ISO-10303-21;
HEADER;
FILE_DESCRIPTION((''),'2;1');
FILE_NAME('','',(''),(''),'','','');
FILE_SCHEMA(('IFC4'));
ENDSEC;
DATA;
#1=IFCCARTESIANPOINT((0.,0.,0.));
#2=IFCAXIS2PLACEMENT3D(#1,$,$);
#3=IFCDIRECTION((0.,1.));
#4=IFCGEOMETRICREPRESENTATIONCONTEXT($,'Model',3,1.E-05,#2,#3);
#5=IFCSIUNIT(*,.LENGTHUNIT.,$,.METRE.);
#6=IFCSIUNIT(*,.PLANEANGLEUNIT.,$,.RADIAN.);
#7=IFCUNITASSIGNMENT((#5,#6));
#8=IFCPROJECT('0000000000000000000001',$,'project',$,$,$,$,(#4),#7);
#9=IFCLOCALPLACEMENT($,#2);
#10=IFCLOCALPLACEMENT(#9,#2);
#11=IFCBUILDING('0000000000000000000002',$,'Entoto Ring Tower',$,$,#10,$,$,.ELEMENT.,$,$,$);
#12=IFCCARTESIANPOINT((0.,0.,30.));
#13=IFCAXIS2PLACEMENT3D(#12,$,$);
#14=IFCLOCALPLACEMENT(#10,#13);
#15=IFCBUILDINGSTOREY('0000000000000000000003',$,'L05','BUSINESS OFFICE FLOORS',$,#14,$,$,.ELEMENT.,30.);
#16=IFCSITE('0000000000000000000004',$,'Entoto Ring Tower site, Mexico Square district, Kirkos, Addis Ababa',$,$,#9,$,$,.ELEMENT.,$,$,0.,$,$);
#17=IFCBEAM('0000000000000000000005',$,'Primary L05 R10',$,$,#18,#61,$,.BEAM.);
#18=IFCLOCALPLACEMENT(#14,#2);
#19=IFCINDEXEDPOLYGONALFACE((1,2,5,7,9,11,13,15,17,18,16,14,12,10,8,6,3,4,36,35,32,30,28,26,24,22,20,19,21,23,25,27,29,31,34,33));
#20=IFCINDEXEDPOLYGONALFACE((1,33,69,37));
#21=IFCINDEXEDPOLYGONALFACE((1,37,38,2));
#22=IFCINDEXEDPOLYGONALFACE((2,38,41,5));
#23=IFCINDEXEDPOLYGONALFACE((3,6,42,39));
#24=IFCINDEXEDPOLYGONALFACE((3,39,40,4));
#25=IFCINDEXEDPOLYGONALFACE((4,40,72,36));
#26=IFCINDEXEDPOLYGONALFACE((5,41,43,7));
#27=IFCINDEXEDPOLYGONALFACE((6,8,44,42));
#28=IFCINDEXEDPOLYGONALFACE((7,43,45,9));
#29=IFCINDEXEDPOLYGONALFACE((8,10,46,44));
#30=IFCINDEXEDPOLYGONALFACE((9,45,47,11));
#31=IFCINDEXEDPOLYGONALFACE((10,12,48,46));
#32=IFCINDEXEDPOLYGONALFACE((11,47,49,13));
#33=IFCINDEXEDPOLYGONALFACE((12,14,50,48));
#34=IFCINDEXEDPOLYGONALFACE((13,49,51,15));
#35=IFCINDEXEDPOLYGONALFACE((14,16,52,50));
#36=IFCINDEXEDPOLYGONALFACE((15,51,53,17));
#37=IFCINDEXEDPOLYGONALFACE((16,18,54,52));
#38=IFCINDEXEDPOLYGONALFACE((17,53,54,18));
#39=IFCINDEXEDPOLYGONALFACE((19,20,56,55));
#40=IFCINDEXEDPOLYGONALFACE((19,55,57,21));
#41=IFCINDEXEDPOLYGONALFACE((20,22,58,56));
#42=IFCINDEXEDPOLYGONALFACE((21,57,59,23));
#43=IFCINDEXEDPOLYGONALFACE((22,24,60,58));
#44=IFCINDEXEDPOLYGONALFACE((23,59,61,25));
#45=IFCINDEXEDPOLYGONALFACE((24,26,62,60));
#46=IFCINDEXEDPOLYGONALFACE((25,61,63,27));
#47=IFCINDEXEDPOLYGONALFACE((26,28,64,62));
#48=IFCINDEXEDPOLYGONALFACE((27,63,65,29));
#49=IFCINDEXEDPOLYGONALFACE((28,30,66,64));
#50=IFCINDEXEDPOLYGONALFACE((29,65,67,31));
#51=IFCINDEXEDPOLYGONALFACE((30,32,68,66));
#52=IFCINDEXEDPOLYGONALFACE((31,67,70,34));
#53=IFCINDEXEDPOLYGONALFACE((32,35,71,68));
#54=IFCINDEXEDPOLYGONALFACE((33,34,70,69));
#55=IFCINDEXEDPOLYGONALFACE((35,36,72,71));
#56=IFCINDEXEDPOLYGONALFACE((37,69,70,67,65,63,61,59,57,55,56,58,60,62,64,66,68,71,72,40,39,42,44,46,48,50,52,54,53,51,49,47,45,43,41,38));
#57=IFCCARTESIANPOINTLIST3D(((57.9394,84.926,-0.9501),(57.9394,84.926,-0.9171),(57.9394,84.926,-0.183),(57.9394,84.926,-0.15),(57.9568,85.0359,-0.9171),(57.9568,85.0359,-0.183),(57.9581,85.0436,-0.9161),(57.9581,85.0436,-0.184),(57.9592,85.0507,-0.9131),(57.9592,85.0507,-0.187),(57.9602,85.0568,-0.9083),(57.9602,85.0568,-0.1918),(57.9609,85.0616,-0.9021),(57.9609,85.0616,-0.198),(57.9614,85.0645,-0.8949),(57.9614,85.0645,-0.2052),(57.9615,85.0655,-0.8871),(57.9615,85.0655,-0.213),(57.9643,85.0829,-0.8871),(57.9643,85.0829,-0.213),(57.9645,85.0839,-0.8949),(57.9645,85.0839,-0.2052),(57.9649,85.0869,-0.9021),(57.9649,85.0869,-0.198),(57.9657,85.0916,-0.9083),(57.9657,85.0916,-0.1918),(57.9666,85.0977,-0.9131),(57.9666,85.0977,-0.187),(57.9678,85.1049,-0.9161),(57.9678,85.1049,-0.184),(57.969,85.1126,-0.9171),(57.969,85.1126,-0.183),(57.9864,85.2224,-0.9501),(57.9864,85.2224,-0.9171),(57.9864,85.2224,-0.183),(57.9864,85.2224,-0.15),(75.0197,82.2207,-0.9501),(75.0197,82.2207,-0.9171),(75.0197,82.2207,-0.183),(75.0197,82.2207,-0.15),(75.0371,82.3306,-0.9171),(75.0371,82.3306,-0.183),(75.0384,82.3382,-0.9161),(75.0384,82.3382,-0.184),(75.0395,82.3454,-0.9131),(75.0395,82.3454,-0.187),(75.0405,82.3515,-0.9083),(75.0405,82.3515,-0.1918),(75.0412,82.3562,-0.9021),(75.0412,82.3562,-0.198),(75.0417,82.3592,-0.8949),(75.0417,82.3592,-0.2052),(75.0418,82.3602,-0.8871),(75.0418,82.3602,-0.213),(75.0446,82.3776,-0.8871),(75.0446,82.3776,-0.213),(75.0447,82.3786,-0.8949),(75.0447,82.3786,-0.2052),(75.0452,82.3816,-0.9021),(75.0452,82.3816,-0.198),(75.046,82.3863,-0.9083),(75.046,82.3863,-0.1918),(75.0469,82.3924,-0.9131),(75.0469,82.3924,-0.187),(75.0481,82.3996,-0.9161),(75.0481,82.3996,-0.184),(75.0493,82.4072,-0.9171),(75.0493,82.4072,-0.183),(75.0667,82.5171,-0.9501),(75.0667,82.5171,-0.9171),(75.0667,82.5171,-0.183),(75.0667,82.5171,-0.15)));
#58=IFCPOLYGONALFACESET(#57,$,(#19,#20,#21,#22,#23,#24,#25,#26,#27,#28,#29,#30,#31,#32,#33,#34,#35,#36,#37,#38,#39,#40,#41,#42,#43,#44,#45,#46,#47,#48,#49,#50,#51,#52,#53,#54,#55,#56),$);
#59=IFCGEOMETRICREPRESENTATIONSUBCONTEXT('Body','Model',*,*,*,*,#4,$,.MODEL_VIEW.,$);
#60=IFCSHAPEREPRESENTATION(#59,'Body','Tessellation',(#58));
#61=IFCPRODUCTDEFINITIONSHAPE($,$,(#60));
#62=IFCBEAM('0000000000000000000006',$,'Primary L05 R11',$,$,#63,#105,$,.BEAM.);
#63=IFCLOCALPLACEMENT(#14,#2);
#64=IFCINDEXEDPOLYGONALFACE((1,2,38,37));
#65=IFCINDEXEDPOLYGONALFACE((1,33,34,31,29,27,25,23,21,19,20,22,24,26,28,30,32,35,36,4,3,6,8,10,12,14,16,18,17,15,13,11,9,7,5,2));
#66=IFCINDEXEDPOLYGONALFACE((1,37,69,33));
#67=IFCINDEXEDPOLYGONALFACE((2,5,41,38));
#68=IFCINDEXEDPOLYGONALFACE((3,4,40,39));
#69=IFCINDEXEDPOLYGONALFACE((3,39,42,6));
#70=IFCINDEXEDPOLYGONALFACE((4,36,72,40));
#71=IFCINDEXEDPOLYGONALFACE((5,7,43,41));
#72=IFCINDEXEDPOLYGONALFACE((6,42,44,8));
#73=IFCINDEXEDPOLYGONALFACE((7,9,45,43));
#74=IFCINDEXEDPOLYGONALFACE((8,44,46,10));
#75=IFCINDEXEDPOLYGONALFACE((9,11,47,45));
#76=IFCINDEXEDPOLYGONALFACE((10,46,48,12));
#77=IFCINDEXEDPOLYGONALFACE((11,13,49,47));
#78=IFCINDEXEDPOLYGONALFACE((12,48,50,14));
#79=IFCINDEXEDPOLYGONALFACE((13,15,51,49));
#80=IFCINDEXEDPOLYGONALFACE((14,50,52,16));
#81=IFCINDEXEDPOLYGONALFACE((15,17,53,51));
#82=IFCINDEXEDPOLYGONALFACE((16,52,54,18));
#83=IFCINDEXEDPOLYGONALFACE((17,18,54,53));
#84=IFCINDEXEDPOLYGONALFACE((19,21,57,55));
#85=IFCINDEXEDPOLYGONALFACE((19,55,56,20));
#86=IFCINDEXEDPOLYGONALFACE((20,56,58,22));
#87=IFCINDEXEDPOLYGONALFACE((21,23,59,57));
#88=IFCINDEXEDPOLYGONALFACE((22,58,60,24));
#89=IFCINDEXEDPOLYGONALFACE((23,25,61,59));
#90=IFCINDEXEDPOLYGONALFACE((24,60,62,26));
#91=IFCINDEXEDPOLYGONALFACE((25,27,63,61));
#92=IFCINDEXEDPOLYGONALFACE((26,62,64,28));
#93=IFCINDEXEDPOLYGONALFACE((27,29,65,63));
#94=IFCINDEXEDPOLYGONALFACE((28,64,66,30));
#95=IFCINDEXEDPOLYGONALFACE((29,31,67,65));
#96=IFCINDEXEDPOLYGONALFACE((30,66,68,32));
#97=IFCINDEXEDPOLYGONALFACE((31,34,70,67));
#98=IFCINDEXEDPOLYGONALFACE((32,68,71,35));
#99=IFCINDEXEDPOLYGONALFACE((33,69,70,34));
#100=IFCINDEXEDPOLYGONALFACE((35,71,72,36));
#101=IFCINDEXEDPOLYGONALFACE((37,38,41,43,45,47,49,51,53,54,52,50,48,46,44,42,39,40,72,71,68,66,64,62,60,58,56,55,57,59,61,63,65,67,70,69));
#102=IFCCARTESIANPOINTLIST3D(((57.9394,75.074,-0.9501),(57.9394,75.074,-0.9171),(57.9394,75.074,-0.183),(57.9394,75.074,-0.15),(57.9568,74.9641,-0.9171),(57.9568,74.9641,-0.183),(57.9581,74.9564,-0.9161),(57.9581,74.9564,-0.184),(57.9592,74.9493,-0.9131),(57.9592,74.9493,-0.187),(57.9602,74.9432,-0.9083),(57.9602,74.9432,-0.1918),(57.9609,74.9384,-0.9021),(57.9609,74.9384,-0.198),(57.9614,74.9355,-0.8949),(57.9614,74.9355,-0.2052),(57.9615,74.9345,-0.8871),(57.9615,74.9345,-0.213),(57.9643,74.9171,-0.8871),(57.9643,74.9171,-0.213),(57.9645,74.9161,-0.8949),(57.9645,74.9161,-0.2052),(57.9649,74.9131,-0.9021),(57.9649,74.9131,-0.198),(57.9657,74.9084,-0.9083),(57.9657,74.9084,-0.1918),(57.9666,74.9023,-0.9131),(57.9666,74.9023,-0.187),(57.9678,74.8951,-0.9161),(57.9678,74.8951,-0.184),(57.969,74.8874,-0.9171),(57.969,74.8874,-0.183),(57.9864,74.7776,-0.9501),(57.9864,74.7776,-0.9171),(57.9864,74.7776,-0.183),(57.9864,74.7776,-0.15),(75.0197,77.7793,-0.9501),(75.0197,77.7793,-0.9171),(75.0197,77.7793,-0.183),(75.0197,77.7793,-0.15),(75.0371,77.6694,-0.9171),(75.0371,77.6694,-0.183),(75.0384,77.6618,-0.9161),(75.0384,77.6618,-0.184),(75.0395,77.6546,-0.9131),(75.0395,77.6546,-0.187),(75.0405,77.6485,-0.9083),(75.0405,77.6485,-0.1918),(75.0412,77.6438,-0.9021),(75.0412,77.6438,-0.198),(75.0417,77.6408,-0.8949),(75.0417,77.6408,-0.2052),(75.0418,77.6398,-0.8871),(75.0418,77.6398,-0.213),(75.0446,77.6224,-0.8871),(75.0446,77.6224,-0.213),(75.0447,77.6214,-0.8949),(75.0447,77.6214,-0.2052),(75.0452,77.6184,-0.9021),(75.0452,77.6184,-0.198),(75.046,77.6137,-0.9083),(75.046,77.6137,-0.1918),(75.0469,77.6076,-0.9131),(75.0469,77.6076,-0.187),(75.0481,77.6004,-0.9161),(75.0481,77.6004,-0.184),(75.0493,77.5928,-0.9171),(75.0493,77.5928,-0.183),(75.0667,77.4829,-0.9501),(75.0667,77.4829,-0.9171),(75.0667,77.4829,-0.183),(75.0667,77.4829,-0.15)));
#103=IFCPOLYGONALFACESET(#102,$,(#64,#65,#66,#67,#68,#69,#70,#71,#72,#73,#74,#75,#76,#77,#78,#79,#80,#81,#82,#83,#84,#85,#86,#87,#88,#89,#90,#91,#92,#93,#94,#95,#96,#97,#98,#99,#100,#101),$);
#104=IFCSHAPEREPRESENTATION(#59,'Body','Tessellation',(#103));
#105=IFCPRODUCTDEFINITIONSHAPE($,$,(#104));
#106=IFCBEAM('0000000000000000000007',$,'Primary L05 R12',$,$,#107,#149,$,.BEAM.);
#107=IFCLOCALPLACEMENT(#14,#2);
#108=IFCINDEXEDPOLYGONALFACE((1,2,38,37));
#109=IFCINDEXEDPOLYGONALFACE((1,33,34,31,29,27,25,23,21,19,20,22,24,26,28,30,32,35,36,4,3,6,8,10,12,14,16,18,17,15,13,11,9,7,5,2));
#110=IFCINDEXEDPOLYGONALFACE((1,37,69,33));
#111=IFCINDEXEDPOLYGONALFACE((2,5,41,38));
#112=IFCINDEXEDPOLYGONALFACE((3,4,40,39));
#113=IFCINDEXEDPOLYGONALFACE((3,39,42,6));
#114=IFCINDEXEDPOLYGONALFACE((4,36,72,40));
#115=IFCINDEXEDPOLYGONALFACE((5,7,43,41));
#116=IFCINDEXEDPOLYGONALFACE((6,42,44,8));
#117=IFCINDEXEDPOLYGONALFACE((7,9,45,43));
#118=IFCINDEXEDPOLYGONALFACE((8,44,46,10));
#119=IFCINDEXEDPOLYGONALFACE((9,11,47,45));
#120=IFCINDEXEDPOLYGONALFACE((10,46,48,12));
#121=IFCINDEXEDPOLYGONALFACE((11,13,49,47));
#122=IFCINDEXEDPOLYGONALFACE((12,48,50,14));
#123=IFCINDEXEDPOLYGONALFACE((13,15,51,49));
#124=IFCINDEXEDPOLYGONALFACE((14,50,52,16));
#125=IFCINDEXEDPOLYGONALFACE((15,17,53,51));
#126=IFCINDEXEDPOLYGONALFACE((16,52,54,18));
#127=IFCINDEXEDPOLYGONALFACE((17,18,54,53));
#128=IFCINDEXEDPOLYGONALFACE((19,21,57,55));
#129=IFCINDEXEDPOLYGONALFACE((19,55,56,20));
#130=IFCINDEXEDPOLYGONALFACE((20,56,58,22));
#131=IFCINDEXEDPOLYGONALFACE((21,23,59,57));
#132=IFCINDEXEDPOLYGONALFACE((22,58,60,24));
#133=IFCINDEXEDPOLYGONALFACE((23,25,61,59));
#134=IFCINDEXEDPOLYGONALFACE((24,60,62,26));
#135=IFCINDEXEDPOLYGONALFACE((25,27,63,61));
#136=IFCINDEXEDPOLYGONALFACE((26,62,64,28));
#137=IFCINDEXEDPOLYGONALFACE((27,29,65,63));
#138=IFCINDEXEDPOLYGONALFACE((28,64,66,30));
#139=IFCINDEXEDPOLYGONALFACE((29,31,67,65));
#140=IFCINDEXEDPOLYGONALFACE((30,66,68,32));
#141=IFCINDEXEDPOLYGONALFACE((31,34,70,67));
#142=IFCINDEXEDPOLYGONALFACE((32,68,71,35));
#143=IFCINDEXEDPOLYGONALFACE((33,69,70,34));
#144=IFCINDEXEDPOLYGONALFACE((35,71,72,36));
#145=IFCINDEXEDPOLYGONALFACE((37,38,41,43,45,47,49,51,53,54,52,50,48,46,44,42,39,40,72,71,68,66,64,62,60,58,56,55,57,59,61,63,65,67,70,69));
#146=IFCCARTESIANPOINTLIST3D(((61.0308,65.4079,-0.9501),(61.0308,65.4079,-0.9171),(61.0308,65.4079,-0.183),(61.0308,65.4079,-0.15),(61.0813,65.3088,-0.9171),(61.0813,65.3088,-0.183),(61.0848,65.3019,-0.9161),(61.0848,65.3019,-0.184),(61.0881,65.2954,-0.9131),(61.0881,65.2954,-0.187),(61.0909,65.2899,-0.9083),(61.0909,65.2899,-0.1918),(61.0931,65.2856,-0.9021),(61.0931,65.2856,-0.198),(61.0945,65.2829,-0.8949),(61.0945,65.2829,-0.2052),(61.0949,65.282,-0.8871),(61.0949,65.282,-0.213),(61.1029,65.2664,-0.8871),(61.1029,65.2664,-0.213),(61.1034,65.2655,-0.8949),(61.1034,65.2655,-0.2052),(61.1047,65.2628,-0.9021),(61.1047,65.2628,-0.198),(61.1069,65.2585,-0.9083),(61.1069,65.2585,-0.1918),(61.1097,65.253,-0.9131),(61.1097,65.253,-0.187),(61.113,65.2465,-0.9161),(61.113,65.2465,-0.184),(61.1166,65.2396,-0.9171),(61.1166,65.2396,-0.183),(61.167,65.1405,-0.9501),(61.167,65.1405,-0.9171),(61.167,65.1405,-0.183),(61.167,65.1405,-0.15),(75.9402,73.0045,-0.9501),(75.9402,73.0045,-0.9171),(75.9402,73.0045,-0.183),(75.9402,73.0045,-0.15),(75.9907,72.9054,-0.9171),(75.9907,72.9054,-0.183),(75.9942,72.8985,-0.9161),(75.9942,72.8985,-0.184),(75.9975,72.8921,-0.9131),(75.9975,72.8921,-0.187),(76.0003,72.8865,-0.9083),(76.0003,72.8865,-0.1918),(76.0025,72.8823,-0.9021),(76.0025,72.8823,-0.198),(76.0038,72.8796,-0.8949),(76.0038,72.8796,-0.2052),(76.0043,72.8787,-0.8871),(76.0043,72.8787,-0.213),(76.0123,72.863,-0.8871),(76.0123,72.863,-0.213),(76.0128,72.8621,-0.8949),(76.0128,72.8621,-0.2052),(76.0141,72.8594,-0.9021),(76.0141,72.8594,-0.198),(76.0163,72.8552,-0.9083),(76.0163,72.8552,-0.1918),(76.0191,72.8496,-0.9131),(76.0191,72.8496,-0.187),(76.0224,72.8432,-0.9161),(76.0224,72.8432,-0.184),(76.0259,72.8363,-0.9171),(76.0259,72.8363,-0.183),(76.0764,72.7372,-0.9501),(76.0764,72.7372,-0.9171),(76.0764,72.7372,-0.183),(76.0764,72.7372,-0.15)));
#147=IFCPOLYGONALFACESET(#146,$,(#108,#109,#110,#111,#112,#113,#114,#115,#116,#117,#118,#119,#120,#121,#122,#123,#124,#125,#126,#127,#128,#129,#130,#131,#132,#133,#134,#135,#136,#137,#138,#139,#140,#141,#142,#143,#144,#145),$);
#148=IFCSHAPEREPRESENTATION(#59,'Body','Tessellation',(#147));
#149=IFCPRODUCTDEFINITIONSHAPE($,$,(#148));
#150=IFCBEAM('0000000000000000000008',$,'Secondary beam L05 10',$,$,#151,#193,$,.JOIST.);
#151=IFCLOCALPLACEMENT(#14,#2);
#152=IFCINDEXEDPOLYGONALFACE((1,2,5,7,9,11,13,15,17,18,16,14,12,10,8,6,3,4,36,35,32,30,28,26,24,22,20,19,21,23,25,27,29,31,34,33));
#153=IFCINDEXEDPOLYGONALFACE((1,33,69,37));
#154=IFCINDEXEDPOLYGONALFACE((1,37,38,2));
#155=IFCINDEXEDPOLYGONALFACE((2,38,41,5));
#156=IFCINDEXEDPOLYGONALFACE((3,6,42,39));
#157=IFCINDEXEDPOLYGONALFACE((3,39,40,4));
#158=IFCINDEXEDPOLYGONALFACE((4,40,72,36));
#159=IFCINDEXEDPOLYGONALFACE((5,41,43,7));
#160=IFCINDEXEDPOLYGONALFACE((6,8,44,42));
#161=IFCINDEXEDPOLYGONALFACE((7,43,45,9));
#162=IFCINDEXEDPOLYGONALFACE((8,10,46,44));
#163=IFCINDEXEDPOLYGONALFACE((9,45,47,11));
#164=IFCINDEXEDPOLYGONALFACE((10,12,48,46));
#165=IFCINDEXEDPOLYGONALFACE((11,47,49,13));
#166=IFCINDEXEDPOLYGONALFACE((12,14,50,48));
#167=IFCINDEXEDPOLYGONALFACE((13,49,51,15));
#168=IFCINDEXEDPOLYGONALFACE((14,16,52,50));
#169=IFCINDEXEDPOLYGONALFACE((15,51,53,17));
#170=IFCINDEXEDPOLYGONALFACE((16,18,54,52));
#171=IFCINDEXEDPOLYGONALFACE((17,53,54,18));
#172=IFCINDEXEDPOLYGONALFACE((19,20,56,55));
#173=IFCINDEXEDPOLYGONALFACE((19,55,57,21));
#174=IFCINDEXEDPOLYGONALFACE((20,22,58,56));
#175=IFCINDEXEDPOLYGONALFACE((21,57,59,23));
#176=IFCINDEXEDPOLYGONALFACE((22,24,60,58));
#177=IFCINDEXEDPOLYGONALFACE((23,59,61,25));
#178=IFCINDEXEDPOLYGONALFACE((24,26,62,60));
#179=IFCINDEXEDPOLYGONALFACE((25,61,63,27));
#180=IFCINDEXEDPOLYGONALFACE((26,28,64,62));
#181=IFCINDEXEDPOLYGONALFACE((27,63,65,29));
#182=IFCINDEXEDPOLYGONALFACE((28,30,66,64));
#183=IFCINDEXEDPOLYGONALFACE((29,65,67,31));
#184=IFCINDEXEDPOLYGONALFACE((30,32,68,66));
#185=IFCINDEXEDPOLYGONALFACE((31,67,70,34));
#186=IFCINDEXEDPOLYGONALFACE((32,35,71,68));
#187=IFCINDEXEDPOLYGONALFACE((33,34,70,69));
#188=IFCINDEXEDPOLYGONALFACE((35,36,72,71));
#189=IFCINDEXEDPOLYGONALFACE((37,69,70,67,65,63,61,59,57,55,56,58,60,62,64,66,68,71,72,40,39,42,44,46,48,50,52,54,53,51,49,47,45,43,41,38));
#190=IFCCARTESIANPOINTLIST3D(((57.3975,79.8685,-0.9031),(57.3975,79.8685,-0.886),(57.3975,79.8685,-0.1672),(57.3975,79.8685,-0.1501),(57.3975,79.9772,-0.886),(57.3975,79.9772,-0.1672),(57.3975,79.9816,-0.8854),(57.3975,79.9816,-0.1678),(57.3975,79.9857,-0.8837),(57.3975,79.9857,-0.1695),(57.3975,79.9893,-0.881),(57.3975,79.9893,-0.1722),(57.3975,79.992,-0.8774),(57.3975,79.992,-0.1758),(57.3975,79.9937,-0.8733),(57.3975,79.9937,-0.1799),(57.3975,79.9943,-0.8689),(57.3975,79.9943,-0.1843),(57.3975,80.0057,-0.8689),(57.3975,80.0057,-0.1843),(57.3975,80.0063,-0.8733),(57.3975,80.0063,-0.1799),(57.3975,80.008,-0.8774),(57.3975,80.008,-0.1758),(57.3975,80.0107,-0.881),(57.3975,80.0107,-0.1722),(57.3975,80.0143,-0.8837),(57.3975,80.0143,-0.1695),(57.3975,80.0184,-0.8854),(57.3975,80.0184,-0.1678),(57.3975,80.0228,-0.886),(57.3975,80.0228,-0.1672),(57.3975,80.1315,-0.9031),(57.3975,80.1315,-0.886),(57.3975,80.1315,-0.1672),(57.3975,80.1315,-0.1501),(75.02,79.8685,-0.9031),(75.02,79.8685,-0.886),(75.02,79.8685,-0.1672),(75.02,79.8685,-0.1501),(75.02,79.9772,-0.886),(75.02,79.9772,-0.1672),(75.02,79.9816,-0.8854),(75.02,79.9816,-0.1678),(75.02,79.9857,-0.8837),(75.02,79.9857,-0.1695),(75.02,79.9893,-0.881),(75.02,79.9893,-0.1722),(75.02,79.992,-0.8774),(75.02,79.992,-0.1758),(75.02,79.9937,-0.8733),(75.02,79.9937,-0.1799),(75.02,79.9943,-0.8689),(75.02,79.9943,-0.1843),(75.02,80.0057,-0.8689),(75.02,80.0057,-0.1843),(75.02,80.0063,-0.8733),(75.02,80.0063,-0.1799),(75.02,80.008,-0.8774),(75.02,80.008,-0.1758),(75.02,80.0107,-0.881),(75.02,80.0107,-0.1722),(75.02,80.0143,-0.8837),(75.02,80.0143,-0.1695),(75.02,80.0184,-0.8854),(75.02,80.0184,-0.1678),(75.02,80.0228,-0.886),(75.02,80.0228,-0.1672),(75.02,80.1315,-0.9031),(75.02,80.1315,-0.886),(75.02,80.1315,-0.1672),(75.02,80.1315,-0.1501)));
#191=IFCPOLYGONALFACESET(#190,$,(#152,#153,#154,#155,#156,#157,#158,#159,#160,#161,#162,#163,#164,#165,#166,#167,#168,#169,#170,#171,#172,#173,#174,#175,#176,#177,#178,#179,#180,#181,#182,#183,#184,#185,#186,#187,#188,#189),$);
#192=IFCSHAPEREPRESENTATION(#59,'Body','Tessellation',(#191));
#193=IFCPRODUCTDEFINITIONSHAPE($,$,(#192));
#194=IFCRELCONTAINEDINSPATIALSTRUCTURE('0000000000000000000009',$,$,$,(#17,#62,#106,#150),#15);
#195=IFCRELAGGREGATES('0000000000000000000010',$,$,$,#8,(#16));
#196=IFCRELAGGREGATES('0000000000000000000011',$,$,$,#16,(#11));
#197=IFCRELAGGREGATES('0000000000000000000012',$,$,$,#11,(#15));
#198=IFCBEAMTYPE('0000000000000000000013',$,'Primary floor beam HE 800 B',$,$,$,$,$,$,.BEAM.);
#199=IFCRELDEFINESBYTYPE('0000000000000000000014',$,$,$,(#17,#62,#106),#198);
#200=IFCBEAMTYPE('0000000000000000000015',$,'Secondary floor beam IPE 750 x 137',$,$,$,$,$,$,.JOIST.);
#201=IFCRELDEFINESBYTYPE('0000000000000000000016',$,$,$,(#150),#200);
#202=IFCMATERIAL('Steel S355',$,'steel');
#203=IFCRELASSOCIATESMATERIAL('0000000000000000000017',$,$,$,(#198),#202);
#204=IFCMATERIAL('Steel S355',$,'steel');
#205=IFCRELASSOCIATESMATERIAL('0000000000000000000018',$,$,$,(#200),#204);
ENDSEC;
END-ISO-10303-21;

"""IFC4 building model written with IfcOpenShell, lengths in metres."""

from ifc_helpers import new_model, si_unit, direction, frame, origin, origin_2d, place, context, subcontext, project, spatial, i_section, extrude, material, material_profile, profile_set, type_object, element, save


model = new_model("IFC4")

# Units and contexts
model_context = context("Model", 3, precision=1e-05, world=origin(), true_north=direction((0.0, 1.0)))
body_context = subcontext(model_context, "Body", "Model", "MODEL_VIEW")
ifc_project = project(units=[si_unit("LENGTHUNIT", "METRE"), si_unit("PLANEANGLEUNIT", "RADIAN")], contexts=[model_context])

# Site, building, storey
site_placement = place(None, origin())
site = spatial("IfcSite", under=ifc_project, at=site_placement, Name="Entoto Ring Tower site, Mexico Square district, Kirkos, Addis Ababa", CompositionType="ELEMENT", RefElevation=0.0)
building_placement = place(site_placement, origin())
building = spatial("IfcBuilding", under=site, at=building_placement, Name="Entoto Ring Tower", CompositionType="ELEMENT")
storey_placement = place(building_placement, frame((0.0, 0.0, 30.0)))
storey = spatial("IfcBuildingStorey", under=building, at=storey_placement, Name="L05", Description="BUSINESS OFFICE FLOORS", CompositionType="ELEMENT", Elevation=30.0)

# Beams
ifc_material_1 = material(Name="Steel S355", Category="steel")
ifc_material_profile_1 = material_profile(ifc_material_1, i_section(OverallWidth=0.3, OverallDepth=0.8, WebThickness=0.0176, FlangeThickness=0.033, FilletRadius=0.03, at=origin_2d()), Name="HE 800 B")
ifc_profile_set_1 = profile_set([ifc_material_profile_1], Name="Steel S355")
beam_type_1 = type_object("IfcBeamType", Name="Primary floor beam HE 800 B", PredefinedType="BEAM", material=ifc_profile_set_1)
for number, where, z_axis, x_axis, name in (
    (1, (75.0432, 82.3689, -0.55), (-0.987688, 0.156438, 0.0), (-0.156438, -0.987688, 0.0), "Primary L05 R10"),
    (2, (75.0432, 77.6311, -0.55), (-0.987688, -0.156438, 0.0), (0.156438, -0.987688, 0.0), "Primary L05 R11"),
):
    element("IfcBeam", number, at=place(storey_placement, frame(where, z_axis=z_axis, x_axis=x_axis)), inside=storey, type_object=beam_type_1, Name=name, PredefinedType="BEAM", context=body_context, shape_type="SweptSolid", body=[
        extrude(i_section(OverallWidth=0.3, OverallDepth=0.8, WebThickness=0.0176, FlangeThickness=0.033, FilletRadius=0.03, at=origin_2d()), origin(), (0.0, 0.0, 1.0), 17.2932),
    ])
beam_1_placement = place(storey_placement, frame((76.0083, 72.8708, -0.55), z_axis=(-0.891008, -0.453988, 0.0), x_axis=(0.453988, -0.891008, 0.0)))
element("IfcBeam", 3, at=beam_1_placement, inside=storey, type_object=beam_type_1, Name="Primary L05 R12", PredefinedType="BEAM", context=body_context, shape_type="SweptSolid", body=[
    extrude(i_section(OverallWidth=0.3, OverallDepth=0.8, WebThickness=0.0176, FlangeThickness=0.033, FilletRadius=0.03, at=origin_2d()), origin(), (0.0, 0.0, 1.0), 16.7332),
])
ifc_material_2 = material(Name="Steel S355", Category="steel")
ifc_material_profile_2 = material_profile(ifc_material_2, i_section(OverallWidth=0.2629, OverallDepth=0.7529, WebThickness=0.0115, FlangeThickness=0.0171, FilletRadius=0.0171, at=origin_2d()), Name="IPE 750 x 137")
ifc_profile_set_2 = profile_set([ifc_material_profile_2], Name="Steel S355")
beam_type_2 = type_object("IfcBeamType", Name="Secondary floor beam IPE 750 x 137", PredefinedType="JOIST", material=ifc_profile_set_2)
beam_2_placement = place(storey_placement, frame((75.02, 80.0, -0.5266), z_axis=(-1.0, 0.0, 0.0), x_axis=(0.0, -1.0, 0.0)))
element("IfcBeam", 4, at=beam_2_placement, inside=storey, type_object=beam_type_2, Name="Secondary beam L05 10", PredefinedType="JOIST", context=body_context, shape_type="SweptSolid", body=[
    extrude(i_section(OverallWidth=0.2629, OverallDepth=0.7529, WebThickness=0.0115, FlangeThickness=0.0171, FilletRadius=0.0171, at=origin_2d()), origin(), (0.0, 0.0, 1.0), 17.6226),
])

save(model, "model.ifc")
